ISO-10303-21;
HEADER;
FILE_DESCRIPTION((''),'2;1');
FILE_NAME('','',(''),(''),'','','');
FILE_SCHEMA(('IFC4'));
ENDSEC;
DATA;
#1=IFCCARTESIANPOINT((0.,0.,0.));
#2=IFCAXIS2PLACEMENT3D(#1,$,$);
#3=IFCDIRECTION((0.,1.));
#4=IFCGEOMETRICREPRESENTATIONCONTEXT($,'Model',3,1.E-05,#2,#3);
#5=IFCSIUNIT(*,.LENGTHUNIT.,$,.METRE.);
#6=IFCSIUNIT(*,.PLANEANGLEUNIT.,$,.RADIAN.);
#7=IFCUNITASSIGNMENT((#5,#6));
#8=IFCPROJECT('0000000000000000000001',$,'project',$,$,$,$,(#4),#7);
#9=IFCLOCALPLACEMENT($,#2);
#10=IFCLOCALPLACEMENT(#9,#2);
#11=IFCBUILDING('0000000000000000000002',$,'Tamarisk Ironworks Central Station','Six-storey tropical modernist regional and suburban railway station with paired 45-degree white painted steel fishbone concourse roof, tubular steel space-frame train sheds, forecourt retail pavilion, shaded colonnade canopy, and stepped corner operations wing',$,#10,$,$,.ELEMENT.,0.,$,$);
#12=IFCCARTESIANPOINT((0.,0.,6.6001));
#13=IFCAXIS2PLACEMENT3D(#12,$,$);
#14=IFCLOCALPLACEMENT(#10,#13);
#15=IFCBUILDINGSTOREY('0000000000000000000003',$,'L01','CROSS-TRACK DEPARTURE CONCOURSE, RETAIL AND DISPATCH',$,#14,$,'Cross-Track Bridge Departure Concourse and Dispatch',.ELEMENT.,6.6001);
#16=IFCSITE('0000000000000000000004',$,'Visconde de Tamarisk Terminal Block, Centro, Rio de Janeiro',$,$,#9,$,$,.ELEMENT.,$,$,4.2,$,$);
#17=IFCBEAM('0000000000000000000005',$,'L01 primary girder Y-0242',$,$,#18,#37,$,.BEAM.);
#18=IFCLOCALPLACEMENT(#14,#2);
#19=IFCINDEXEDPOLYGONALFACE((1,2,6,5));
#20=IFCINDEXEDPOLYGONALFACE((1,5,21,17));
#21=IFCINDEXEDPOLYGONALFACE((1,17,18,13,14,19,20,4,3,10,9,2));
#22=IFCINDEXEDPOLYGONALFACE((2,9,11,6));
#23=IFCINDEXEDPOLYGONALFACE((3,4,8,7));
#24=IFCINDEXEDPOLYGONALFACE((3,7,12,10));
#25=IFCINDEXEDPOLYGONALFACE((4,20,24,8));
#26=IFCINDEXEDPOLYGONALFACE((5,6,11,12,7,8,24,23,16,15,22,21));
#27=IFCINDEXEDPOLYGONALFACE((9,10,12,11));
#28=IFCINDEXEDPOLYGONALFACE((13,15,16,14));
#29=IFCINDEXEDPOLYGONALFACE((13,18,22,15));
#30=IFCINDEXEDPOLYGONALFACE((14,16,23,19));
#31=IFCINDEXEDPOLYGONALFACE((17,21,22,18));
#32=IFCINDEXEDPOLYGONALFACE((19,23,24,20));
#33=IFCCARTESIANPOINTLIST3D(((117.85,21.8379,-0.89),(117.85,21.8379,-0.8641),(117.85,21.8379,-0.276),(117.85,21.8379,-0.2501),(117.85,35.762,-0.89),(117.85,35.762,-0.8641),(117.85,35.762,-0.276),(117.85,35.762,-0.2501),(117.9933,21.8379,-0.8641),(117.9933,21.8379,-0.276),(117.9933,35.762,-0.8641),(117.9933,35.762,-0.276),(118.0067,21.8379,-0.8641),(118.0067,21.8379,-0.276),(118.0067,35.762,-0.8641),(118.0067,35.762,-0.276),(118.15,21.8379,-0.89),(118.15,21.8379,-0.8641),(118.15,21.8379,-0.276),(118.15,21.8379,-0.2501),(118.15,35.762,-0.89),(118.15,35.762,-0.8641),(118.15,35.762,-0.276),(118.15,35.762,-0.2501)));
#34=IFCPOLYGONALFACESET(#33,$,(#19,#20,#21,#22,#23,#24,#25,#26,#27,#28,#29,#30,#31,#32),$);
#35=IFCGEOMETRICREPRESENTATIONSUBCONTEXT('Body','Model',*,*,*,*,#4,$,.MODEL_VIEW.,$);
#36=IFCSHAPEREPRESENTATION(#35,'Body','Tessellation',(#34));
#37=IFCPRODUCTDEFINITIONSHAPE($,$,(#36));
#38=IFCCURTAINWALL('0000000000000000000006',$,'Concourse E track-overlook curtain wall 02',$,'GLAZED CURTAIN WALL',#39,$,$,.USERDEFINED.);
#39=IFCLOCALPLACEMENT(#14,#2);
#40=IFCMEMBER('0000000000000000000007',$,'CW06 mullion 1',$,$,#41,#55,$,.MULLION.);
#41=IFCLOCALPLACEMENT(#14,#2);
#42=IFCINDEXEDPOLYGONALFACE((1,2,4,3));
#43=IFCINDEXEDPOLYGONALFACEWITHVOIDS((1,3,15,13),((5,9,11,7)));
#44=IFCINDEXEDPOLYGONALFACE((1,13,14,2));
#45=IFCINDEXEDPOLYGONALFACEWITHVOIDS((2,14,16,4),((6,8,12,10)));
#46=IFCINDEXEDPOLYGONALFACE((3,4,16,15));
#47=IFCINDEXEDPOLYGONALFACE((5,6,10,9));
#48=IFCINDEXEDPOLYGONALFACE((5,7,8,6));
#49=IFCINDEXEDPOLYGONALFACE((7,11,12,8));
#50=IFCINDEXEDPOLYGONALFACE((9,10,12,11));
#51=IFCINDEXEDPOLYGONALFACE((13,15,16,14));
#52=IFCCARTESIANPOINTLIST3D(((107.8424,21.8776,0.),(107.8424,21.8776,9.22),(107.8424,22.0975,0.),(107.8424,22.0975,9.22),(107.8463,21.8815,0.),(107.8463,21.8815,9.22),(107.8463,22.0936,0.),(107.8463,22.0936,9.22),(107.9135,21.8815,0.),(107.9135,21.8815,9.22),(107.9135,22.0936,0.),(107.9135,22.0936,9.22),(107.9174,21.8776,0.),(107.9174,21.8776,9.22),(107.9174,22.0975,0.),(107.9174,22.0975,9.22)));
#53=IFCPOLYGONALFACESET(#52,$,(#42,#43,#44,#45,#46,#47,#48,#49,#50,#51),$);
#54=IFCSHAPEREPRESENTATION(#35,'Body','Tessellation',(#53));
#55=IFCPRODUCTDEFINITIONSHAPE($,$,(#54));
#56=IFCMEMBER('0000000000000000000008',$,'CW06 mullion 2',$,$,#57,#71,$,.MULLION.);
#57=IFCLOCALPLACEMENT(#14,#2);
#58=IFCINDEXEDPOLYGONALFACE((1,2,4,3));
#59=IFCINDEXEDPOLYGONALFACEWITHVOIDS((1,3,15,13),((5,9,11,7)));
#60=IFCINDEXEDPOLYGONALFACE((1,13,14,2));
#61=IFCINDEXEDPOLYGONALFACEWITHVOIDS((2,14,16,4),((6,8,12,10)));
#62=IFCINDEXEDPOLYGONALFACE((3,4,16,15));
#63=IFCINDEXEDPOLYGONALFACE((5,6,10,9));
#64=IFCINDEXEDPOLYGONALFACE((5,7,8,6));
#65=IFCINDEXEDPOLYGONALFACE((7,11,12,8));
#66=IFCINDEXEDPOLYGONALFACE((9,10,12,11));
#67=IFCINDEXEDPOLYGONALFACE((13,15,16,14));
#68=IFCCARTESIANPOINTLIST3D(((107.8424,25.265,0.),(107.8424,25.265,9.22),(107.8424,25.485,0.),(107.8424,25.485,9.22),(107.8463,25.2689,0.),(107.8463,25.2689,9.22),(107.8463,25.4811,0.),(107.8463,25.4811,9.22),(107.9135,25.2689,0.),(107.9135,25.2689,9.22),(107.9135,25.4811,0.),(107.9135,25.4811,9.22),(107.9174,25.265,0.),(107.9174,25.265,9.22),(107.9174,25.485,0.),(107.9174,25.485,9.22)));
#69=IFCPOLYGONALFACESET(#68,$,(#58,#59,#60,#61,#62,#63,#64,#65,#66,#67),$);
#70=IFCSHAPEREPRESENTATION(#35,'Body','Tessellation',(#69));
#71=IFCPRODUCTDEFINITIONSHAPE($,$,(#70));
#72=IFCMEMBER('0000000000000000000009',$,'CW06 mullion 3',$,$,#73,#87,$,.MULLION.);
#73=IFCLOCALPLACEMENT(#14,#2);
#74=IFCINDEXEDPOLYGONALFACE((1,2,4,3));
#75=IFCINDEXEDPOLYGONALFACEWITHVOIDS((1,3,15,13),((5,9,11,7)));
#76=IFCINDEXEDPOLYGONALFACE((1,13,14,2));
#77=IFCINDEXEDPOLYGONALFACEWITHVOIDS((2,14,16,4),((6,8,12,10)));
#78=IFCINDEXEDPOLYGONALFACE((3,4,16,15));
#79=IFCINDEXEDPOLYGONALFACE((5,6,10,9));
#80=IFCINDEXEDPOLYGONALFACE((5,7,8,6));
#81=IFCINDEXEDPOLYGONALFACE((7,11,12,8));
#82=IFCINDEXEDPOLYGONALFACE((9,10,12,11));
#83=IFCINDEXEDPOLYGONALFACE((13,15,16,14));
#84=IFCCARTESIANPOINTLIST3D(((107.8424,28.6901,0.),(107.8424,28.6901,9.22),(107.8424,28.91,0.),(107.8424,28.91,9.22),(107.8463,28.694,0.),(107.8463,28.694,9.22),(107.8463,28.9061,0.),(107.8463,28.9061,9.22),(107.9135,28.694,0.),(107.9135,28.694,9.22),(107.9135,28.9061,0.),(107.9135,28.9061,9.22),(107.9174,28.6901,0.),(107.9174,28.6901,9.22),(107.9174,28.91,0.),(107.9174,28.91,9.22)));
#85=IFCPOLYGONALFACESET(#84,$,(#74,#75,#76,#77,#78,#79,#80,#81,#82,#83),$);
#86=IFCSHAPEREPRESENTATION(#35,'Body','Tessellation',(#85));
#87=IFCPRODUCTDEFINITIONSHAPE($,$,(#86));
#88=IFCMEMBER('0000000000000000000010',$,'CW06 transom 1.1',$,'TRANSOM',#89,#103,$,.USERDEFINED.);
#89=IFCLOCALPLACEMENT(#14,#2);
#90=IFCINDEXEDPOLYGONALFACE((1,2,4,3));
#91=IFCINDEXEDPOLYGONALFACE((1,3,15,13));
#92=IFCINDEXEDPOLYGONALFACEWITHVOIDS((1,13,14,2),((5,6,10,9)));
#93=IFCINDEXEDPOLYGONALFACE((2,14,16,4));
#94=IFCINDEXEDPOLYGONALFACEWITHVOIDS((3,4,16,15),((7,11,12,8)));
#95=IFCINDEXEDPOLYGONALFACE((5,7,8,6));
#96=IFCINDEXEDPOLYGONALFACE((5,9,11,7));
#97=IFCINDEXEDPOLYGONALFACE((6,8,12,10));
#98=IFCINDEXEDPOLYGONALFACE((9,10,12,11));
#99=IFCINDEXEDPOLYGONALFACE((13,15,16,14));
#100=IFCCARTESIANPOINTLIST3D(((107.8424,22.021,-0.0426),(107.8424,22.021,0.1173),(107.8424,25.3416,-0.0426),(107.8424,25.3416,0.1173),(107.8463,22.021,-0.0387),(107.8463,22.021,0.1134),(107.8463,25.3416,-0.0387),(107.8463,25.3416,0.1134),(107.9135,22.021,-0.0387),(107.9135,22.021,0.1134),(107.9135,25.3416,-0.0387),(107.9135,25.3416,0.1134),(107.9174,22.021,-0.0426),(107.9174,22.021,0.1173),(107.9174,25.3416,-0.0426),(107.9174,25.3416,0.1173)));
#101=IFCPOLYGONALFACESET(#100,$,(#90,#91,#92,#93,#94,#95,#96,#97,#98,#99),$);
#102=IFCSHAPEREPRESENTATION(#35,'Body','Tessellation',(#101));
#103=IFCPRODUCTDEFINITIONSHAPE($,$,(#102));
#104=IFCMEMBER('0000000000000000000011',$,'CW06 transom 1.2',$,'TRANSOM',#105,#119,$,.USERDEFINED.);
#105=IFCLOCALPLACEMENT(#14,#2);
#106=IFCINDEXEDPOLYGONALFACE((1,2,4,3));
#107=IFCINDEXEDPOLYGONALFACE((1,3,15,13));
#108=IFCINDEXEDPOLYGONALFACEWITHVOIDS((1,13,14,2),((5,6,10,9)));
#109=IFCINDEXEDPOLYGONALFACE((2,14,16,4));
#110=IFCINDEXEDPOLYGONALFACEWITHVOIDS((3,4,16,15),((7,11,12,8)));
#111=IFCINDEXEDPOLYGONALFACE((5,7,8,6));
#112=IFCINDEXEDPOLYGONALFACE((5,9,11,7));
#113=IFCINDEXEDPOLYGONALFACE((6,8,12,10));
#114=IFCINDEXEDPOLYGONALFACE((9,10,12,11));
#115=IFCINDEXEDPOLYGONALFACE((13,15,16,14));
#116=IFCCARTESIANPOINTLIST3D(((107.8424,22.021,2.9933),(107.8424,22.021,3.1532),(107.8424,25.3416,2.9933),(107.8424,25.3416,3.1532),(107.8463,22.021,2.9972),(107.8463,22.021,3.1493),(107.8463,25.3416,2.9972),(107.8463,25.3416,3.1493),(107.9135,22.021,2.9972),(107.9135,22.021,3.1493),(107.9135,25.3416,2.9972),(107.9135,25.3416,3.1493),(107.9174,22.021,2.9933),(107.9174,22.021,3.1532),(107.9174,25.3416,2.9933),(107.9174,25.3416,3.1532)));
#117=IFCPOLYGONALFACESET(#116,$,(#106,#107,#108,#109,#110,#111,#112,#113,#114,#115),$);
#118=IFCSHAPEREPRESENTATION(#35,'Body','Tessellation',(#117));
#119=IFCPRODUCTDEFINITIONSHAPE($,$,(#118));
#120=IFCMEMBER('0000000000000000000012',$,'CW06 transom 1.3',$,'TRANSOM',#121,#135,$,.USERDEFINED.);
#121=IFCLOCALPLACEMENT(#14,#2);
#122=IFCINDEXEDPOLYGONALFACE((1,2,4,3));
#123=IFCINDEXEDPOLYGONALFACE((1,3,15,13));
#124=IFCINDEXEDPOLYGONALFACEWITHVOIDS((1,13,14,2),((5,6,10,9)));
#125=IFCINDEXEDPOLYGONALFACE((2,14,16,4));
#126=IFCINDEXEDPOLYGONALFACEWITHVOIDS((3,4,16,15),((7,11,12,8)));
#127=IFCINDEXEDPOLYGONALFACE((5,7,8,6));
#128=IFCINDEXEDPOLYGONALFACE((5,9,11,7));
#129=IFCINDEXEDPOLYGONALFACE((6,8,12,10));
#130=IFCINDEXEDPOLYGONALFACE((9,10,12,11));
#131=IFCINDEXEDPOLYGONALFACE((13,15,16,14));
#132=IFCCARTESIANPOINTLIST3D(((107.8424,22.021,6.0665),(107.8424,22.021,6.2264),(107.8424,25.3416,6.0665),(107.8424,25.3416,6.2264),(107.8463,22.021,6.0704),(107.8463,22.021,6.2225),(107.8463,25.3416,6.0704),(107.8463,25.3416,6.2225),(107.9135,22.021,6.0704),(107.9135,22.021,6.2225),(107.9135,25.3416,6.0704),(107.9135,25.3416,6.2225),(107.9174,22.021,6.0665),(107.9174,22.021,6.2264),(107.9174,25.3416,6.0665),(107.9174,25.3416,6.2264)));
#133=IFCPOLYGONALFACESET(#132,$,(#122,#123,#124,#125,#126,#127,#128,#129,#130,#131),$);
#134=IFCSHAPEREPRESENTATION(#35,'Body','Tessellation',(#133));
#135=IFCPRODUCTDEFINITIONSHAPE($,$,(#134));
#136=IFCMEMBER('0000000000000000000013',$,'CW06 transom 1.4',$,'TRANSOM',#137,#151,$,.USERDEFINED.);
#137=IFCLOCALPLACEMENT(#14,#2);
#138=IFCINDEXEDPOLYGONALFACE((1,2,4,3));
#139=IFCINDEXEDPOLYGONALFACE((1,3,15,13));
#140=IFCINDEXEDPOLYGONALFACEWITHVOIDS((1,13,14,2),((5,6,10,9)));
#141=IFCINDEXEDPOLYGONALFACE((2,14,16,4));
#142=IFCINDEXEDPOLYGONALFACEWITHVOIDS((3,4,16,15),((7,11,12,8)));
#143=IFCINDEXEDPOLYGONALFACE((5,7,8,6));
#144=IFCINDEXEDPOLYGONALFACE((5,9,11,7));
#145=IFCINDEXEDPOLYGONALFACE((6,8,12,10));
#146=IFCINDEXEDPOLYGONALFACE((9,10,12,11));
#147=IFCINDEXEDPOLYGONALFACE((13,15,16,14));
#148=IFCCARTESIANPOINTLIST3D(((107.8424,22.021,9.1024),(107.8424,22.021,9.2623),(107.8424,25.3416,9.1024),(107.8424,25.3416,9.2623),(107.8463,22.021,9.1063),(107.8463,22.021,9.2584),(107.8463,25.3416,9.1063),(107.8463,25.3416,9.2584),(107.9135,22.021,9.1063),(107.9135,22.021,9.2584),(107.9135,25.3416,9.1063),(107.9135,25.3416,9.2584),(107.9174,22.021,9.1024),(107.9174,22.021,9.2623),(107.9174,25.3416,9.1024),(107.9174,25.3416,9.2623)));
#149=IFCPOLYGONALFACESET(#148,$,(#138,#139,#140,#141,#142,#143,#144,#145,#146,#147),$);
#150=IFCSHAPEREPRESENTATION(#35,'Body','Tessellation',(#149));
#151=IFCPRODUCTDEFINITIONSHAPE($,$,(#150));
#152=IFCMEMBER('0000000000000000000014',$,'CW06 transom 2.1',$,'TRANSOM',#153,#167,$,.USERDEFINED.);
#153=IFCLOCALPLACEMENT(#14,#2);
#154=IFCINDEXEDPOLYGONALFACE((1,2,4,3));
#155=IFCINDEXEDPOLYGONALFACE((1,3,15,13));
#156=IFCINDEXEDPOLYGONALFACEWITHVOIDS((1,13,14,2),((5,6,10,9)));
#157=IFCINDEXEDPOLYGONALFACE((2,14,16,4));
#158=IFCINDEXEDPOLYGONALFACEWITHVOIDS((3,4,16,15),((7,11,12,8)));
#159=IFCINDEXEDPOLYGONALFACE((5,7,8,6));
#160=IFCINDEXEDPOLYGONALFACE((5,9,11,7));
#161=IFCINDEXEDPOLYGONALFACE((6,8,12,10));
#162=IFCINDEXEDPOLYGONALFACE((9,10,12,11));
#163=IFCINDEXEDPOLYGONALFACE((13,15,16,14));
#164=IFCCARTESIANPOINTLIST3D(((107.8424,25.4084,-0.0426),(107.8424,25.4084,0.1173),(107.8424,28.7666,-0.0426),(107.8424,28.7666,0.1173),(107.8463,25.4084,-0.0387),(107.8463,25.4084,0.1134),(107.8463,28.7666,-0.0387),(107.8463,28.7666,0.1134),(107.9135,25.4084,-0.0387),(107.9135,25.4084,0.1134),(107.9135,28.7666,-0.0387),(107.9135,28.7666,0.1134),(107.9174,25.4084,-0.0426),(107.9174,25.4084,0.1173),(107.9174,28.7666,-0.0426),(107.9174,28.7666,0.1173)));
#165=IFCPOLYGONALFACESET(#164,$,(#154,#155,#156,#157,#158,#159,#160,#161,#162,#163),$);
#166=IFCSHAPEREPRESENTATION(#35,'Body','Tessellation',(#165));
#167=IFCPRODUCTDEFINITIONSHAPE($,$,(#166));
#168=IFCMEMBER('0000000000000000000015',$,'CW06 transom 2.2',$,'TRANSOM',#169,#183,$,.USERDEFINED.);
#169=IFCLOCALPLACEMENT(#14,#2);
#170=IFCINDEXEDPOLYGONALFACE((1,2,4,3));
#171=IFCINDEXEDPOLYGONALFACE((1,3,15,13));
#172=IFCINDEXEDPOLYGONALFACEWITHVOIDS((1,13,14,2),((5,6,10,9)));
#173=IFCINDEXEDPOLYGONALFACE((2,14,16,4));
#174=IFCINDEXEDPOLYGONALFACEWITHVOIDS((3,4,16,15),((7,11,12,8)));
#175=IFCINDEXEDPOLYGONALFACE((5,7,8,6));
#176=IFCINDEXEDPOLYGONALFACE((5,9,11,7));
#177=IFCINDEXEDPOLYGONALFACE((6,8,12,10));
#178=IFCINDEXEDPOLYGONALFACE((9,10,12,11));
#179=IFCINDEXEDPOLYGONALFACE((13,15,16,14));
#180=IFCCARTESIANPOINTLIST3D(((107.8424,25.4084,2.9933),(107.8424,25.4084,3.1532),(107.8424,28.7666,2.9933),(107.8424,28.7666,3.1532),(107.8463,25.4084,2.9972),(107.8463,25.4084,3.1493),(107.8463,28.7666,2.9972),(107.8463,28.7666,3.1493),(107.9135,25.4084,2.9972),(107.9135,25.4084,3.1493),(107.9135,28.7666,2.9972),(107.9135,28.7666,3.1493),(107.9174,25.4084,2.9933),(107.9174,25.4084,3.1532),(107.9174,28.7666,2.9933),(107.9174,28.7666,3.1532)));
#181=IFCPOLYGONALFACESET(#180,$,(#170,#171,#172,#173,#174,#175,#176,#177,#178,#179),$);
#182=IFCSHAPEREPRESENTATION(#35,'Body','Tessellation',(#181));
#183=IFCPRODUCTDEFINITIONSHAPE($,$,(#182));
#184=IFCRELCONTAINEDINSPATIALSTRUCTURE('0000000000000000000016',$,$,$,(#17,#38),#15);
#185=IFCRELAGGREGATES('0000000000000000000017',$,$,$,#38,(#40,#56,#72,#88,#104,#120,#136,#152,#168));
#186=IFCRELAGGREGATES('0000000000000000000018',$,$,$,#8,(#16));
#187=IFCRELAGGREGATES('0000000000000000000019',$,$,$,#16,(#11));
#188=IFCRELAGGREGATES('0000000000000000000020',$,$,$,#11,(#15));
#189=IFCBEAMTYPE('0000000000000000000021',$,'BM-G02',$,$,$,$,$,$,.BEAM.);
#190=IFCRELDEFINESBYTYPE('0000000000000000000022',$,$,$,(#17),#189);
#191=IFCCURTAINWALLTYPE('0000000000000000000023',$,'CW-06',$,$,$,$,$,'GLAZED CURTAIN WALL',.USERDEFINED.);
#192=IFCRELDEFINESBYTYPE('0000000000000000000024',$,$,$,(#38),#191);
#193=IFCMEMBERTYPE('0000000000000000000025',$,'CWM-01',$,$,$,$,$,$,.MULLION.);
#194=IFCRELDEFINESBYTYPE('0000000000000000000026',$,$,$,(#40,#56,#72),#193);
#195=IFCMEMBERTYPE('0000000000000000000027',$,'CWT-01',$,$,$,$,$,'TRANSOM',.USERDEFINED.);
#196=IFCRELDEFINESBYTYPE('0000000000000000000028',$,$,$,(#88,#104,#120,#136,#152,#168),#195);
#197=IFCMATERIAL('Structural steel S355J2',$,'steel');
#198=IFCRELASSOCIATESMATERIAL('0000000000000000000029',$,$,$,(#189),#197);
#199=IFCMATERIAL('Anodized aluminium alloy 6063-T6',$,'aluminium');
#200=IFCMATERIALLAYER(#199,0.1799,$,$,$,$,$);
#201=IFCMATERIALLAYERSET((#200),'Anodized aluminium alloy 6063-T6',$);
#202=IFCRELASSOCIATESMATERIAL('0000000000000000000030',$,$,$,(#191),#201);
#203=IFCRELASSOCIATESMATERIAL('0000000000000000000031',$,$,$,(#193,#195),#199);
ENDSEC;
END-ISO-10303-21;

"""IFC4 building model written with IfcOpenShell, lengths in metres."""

from ifc_helpers import new_model, si_unit, direction, frame, origin, origin_2d, place, context, subcontext, project, spatial, hollow_rectangle, i_section, extrude, material, layer, layer_set, material_profile, profile_set, type_object, element, aggregate, save


model = new_model("IFC4")

# Units and contexts
model_context = context("Model", 3, precision=1e-05, world=origin(), true_north=direction((0.0, 1.0)))
body_context = subcontext(model_context, "Body", "Model", "MODEL_VIEW")
ifc_project = project(units=[si_unit("LENGTHUNIT", "METRE"), si_unit("PLANEANGLEUNIT", "RADIAN")], contexts=[model_context])

# Site, building, storey
site_placement = place(None, origin())
site = spatial("IfcSite", under=ifc_project, at=site_placement, Name="Visconde de Tamarisk Terminal Block, Centro, Rio de Janeiro", CompositionType="ELEMENT", RefElevation=4.2)
building_placement = place(site_placement, origin())
building = spatial("IfcBuilding", under=site, at=building_placement, Name="Tamarisk Ironworks Central Station", Description="Six-storey tropical modernist regional and suburban railway station with paired 45-degree white painted steel fishbone concourse roof, tubular steel space-frame train sheds, forecourt retail pavilion, shaded colonnade canopy, and stepped corner operations wing", CompositionType="ELEMENT", ElevationOfRefHeight=0.0)
storey_placement = place(building_placement, frame((0.0, 0.0, 6.6001)))
storey = spatial("IfcBuildingStorey", under=building, at=storey_placement, Name="L01", Description="CROSS-TRACK DEPARTURE CONCOURSE, RETAIL AND DISPATCH", LongName="Cross-Track Bridge Departure Concourse and Dispatch", CompositionType="ELEMENT", Elevation=6.6001)

# Beam
ifc_material_1 = material(Name="Structural steel S355J2", Category="steel")
ifc_material_profile_1 = material_profile(ifc_material_1, i_section(OverallWidth=0.3, OverallDepth=0.6399, WebThickness=0.0134, FlangeThickness=0.0259, at=origin_2d()), Name="HEA 650")
ifc_profile_set_1 = profile_set([ifc_material_profile_1], Name="Structural steel S355J2")
beam_type = type_object("IfcBeamType", Name="BM-G02", PredefinedType="BEAM", material=ifc_profile_set_1)
beam_placement = place(storey_placement, frame((118.0, 21.8379, -0.5701), z_axis=(0.0, 1.0, 0.0), x_axis=(-1.0, 0.0, 0.0)))
element("IfcBeam", 1, at=beam_placement, inside=storey, type_object=beam_type, Name="L01 primary girder Y-0242", PredefinedType="BEAM", context=body_context, shape_type="SweptSolid", body=[
    extrude(i_section(OverallWidth=0.3, OverallDepth=0.6399, WebThickness=0.0134, FlangeThickness=0.0259, at=origin_2d()), origin(), (0.0, 0.0, 1.0), 13.9241),
])

# Curtain wall, members
ifc_material_2 = material(Name="Anodized aluminium alloy 6063-T6", Category="aluminium")
ifc_layer_1 = layer(ifc_material_2, 0.1799)
ifc_layer_set_1 = layer_set([ifc_layer_1], Name="Anodized aluminium alloy 6063-T6")
curtain_wall_type = type_object("IfcCurtainWallType", Name="CW-06", ElementType="GLAZED CURTAIN WALL", PredefinedType="USERDEFINED", material=ifc_layer_set_1)
curtain_wall_placement = place(storey_placement, origin())
curtain_wall = element("IfcCurtainWall", 2, at=curtain_wall_placement, inside=storey, type_object=curtain_wall_type, Name="Concourse E track-overlook curtain wall 02", ObjectType="GLAZED CURTAIN WALL", PredefinedType="USERDEFINED")
ifc_material_profile_2 = material_profile(ifc_material_2, hollow_rectangle(XDim=0.075, YDim=0.22, WallThickness=0.0039, at=origin_2d()), Name="ALUM 220x75")
ifc_profile_set_2 = profile_set([ifc_material_profile_2], Name="Anodized aluminium alloy 6063-T6")
member_type_1 = type_object("IfcMemberType", Name="CWM-01", PredefinedType="MULLION", material=ifc_profile_set_2)
member_1_placement = place(storey_placement, frame((107.8799, 21.9875, 0.0), z_axis=(0.0, 0.0, 1.0), x_axis=(-1.0, 0.0, 0.0)))
member_1 = element("IfcMember", 3, at=member_1_placement, type_object=member_type_1, Name="CW06 mullion 1", PredefinedType="MULLION", context=body_context, shape_type="SweptSolid", body=[
    extrude(hollow_rectangle(XDim=0.075, YDim=0.22, WallThickness=0.0039, at=origin_2d()), origin(), (0.0, 0.0, 1.0), 9.22),
])
member_2_placement = place(storey_placement, frame((107.8799, 25.375, 0.0), z_axis=(0.0, 0.0, 1.0), x_axis=(-1.0, 0.0, 0.0)))
member_2 = element("IfcMember", 4, at=member_2_placement, type_object=member_type_1, Name="CW06 mullion 2", PredefinedType="MULLION", context=body_context, shape_type="SweptSolid", body=[
    extrude(hollow_rectangle(XDim=0.075, YDim=0.22, WallThickness=0.0039, at=origin_2d()), origin(), (0.0, 0.0, 1.0), 9.22),
])
member_3_placement = place(storey_placement, frame((107.8799, 28.8, 0.0), z_axis=(0.0, 0.0, 1.0), x_axis=(-1.0, 0.0, 0.0)))
member_3 = element("IfcMember", 5, at=member_3_placement, type_object=member_type_1, Name="CW06 mullion 3", PredefinedType="MULLION", context=body_context, shape_type="SweptSolid", body=[
    extrude(hollow_rectangle(XDim=0.075, YDim=0.22, WallThickness=0.0039, at=origin_2d()), origin(), (0.0, 0.0, 1.0), 9.22),
])
ifc_material_profile_3 = material_profile(ifc_material_2, hollow_rectangle(XDim=0.075, YDim=0.1599, WallThickness=0.0039, at=origin_2d()), Name="ALUM 160x75")
ifc_profile_set_3 = profile_set([ifc_material_profile_3], Name="Anodized aluminium alloy 6063-T6")
member_type_2 = type_object("IfcMemberType", Name="CWT-01", ElementType="TRANSOM", PredefinedType="USERDEFINED", material=ifc_profile_set_3)
member_4_placement = place(storey_placement, frame((107.8799, 22.021, 0.0374), z_axis=(0.0, 1.0, 0.0), x_axis=(-1.0, 0.0, 0.0)))
member_4 = element("IfcMember", 6, at=member_4_placement, type_object=member_type_2, Name="CW06 transom 1.1", ObjectType="TRANSOM", PredefinedType="USERDEFINED", context=body_context, shape_type="SweptSolid", body=[
    extrude(hollow_rectangle(XDim=0.075, YDim=0.1599, WallThickness=0.0039, at=origin_2d()), origin(), (0.0, 0.0, 1.0), 3.3206),
])
member_5_placement = place(storey_placement, frame((107.8799, 22.021, 3.0732), z_axis=(0.0, 1.0, 0.0), x_axis=(-1.0, 0.0, 0.0)))
member_5 = element("IfcMember", 7, at=member_5_placement, type_object=member_type_2, Name="CW06 transom 1.2", ObjectType="TRANSOM", PredefinedType="USERDEFINED", context=body_context, shape_type="SweptSolid", body=[
    extrude(hollow_rectangle(XDim=0.075, YDim=0.1599, WallThickness=0.0039, at=origin_2d()), origin(), (0.0, 0.0, 1.0), 3.3206),
])
member_6_placement = place(storey_placement, frame((107.8799, 22.021, 6.1465), z_axis=(0.0, 1.0, 0.0), x_axis=(-1.0, 0.0, 0.0)))
member_6 = element("IfcMember", 8, at=member_6_placement, type_object=member_type_2, Name="CW06 transom 1.3", ObjectType="TRANSOM", PredefinedType="USERDEFINED", context=body_context, shape_type="SweptSolid", body=[
    extrude(hollow_rectangle(XDim=0.075, YDim=0.1599, WallThickness=0.0039, at=origin_2d()), origin(), (0.0, 0.0, 1.0), 3.3206),
])
member_7_placement = place(storey_placement, frame((107.8799, 22.021, 9.1824), z_axis=(0.0, 1.0, 0.0), x_axis=(-1.0, 0.0, 0.0)))
member_7 = element("IfcMember", 9, at=member_7_placement, type_object=member_type_2, Name="CW06 transom 1.4", ObjectType="TRANSOM", PredefinedType="USERDEFINED", context=body_context, shape_type="SweptSolid", body=[
    extrude(hollow_rectangle(XDim=0.075, YDim=0.1599, WallThickness=0.0039, at=origin_2d()), origin(), (0.0, 0.0, 1.0), 3.3206),
])
member_8_placement = place(storey_placement, frame((107.8799, 25.4084, 0.0374), z_axis=(0.0, 1.0, 0.0), x_axis=(-1.0, 0.0, 0.0)))
member_8 = element("IfcMember", 10, at=member_8_placement, type_object=member_type_2, Name="CW06 transom 2.1", ObjectType="TRANSOM", PredefinedType="USERDEFINED", context=body_context, shape_type="SweptSolid", body=[
    extrude(hollow_rectangle(XDim=0.075, YDim=0.1599, WallThickness=0.0039, at=origin_2d()), origin(), (0.0, 0.0, 1.0), 3.3582),
])
member_9_placement = place(storey_placement, frame((107.8799, 25.4084, 3.0732), z_axis=(0.0, 1.0, 0.0), x_axis=(-1.0, 0.0, 0.0)))
member_9 = element("IfcMember", 11, at=member_9_placement, type_object=member_type_2, Name="CW06 transom 2.2", ObjectType="TRANSOM", PredefinedType="USERDEFINED", context=body_context, shape_type="SweptSolid", body=[
    extrude(hollow_rectangle(XDim=0.075, YDim=0.1599, WallThickness=0.0039, at=origin_2d()), origin(), (0.0, 0.0, 1.0), 3.3582),
])

aggregate(curtain_wall, [member_1, member_2, member_3, member_4, member_5, member_6, member_7, member_8, member_9])

save(model, "model.ifc")
